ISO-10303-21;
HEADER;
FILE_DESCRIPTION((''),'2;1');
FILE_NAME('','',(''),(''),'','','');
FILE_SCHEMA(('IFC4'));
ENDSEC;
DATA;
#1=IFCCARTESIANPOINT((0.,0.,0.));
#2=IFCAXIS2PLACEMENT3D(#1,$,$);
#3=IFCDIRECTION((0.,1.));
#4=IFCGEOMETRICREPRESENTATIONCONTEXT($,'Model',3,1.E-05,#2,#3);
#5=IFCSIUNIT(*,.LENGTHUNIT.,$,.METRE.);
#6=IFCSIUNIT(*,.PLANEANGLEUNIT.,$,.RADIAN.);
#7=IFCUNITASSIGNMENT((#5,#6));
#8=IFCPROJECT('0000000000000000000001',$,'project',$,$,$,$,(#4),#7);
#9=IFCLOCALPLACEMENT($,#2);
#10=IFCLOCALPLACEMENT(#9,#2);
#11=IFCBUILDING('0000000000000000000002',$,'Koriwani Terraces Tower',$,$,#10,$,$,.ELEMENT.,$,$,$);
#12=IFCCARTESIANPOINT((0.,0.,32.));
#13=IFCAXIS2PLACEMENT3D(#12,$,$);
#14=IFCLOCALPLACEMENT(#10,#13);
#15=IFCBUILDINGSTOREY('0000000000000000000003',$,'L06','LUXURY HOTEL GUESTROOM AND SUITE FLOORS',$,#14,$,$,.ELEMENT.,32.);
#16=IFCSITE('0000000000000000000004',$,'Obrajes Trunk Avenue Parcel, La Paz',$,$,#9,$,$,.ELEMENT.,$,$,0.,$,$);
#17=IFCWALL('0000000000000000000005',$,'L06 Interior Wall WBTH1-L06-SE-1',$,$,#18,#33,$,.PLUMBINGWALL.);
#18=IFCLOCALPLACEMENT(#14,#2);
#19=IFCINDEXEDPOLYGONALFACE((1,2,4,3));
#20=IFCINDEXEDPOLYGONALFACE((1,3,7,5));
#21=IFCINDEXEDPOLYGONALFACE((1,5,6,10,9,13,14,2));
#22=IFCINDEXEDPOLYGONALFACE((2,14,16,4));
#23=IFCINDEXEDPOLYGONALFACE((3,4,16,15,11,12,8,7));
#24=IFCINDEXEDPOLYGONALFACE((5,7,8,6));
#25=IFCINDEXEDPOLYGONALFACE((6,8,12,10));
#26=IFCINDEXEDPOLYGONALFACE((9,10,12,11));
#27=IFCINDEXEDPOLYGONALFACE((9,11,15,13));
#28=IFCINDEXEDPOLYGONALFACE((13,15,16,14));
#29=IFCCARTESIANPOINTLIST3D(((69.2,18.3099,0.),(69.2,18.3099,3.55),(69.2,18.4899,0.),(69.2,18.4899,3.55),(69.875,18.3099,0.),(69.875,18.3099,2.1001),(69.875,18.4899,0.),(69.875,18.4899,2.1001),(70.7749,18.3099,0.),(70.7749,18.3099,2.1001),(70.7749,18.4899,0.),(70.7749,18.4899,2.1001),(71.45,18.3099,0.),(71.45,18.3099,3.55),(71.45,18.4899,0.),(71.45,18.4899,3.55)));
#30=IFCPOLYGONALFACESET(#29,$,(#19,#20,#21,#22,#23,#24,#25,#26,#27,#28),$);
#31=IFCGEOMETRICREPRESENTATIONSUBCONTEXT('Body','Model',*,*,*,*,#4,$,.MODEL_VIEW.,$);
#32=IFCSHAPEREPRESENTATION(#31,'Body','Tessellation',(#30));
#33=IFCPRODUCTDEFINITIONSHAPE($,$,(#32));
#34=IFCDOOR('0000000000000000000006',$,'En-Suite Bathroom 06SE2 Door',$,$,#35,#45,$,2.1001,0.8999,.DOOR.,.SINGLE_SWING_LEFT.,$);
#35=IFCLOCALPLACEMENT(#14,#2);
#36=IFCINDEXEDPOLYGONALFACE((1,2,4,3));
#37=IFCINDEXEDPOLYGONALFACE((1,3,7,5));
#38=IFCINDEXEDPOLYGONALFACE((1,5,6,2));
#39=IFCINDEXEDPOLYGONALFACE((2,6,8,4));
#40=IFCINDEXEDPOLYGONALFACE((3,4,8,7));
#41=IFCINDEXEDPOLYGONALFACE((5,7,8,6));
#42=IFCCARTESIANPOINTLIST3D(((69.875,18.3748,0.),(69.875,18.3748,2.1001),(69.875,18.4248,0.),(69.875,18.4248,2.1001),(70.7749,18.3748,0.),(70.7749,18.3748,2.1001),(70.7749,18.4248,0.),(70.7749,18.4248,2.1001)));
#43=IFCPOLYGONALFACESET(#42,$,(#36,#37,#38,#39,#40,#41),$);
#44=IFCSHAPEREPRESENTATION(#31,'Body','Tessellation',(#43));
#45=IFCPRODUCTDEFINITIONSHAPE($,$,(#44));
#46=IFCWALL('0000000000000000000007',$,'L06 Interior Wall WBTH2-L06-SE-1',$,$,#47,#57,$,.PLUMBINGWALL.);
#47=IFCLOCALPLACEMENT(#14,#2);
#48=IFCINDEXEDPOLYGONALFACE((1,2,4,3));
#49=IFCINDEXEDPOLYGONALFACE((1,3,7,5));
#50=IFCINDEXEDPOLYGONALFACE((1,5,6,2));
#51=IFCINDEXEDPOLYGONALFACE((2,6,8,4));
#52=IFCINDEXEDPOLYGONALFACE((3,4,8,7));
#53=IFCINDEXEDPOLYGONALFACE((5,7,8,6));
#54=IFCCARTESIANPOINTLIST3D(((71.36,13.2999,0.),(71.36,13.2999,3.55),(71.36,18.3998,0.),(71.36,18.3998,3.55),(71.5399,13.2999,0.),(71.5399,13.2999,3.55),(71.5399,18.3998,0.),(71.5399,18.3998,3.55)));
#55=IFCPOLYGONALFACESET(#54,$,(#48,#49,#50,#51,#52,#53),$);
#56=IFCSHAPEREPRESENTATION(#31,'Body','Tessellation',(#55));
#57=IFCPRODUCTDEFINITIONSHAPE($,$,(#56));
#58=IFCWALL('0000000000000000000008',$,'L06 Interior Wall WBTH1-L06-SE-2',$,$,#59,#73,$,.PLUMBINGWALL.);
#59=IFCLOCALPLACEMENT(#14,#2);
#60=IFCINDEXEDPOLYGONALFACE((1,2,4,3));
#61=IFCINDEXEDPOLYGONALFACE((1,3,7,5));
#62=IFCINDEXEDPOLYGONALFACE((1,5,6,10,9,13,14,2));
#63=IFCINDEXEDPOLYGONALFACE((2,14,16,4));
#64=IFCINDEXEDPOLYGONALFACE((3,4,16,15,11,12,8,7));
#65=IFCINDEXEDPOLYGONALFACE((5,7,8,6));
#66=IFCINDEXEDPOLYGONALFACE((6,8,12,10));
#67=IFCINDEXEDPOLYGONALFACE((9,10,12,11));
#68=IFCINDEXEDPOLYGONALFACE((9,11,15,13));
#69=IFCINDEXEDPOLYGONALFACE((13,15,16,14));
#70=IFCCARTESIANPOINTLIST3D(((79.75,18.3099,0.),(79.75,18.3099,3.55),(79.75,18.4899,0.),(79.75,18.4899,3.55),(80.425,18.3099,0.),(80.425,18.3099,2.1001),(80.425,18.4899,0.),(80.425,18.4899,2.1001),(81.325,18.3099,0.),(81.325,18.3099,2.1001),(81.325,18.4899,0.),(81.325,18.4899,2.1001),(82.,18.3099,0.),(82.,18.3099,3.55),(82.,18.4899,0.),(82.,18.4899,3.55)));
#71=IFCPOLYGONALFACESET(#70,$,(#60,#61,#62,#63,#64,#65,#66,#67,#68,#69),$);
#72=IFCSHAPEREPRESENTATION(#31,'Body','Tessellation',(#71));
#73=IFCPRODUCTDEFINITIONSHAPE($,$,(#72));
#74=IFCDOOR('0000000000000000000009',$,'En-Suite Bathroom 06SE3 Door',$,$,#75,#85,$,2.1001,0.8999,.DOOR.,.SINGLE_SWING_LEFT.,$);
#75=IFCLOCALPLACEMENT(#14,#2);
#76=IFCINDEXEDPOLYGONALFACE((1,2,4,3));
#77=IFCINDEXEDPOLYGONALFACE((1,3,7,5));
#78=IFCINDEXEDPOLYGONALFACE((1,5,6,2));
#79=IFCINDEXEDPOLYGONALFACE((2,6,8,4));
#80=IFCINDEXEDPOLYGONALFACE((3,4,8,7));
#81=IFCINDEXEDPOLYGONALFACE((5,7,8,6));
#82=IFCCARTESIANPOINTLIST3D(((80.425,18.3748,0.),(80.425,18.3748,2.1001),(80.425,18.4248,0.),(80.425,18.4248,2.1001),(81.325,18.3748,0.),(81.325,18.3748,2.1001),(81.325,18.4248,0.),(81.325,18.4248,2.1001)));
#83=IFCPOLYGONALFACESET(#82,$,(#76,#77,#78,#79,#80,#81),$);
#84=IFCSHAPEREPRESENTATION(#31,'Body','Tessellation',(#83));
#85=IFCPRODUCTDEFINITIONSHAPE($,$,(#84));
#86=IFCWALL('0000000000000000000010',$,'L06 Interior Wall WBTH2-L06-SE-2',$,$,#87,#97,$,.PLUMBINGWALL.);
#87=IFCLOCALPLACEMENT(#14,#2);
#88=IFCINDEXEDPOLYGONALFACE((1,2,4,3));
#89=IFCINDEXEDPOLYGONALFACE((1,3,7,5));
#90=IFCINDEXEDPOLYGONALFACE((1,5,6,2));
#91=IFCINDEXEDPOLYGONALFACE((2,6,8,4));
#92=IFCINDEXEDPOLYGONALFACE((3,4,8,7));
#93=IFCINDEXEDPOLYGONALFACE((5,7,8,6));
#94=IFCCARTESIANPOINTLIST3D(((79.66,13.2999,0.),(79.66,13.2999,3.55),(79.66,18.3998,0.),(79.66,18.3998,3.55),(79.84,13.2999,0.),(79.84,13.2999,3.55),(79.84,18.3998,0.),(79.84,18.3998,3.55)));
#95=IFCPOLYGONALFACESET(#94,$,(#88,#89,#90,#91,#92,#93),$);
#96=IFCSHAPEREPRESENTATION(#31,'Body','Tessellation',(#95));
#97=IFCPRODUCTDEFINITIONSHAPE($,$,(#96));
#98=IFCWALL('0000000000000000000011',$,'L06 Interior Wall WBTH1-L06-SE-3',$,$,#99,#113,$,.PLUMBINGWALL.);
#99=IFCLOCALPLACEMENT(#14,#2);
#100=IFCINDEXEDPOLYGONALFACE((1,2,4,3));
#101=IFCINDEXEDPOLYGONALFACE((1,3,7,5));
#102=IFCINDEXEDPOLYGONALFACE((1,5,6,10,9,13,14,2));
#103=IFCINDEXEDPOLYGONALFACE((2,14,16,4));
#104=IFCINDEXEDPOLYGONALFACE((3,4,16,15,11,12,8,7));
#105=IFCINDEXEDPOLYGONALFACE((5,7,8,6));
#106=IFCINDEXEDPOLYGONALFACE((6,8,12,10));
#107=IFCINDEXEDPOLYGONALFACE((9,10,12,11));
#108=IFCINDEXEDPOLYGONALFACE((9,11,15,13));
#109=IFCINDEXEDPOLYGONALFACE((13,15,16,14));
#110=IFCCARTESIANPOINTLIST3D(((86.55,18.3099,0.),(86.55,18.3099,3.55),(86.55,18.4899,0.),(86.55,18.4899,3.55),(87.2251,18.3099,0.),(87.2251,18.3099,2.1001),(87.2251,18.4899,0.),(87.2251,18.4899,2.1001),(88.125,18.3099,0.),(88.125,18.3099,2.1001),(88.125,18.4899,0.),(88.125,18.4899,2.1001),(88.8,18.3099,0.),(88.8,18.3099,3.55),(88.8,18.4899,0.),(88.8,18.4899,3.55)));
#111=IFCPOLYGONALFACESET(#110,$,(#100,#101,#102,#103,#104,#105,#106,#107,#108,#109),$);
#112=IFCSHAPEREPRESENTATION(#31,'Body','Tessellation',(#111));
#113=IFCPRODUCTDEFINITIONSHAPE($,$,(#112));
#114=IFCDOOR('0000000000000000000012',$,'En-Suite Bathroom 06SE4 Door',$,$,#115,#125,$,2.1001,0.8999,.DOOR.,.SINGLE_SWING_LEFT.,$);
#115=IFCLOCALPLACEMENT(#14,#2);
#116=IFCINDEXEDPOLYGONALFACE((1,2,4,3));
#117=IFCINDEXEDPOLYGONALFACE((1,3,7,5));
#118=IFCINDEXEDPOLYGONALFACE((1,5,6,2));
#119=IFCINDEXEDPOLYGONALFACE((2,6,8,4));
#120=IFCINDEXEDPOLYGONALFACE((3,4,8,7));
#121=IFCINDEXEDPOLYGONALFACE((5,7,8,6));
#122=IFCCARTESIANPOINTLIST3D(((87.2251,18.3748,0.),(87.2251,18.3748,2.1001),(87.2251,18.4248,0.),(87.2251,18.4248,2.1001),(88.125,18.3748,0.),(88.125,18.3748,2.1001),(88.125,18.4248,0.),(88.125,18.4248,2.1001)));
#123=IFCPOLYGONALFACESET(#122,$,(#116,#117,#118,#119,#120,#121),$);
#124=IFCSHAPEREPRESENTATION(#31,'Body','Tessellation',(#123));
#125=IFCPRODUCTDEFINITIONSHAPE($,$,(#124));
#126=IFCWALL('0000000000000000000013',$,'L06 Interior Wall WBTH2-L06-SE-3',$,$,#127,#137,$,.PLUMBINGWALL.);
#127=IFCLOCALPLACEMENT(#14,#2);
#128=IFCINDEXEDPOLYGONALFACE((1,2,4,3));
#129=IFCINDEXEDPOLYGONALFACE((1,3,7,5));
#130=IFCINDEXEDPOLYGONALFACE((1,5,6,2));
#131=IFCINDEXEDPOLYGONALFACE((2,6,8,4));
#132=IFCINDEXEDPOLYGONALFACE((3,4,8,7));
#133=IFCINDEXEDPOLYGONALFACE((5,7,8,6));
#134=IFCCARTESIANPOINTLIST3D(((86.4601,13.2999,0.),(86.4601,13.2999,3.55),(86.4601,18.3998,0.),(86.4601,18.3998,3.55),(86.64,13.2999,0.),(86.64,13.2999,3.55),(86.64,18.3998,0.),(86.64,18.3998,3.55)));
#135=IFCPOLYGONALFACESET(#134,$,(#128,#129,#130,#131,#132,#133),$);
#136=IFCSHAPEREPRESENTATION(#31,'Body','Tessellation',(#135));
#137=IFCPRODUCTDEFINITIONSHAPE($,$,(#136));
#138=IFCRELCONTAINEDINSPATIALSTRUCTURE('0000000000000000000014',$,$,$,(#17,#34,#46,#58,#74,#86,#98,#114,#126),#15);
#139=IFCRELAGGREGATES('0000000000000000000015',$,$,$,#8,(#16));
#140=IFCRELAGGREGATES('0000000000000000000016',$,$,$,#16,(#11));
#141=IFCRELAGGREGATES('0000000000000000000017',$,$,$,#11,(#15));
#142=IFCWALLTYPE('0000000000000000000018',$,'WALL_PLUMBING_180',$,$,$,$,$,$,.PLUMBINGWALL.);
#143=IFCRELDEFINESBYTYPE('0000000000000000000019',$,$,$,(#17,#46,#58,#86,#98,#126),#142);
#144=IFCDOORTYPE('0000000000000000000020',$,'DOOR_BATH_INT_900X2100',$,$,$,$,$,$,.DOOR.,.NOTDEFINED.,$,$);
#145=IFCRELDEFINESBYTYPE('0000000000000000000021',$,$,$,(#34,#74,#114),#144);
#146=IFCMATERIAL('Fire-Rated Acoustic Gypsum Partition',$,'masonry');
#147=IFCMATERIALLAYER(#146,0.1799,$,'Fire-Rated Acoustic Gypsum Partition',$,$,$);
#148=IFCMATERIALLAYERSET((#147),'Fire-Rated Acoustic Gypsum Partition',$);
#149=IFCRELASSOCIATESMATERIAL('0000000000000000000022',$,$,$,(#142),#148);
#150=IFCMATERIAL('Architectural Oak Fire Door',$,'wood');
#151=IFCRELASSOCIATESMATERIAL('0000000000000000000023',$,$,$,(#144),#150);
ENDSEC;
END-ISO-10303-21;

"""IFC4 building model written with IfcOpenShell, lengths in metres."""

from ifc_helpers import new_model, si_unit, direction, frame, frame_2d, origin, place, context, subcontext, project, spatial, rectangle, extrude, material, layer, layer_set, type_object, element, fill, save


model = new_model("IFC4")

# Units and contexts
model_context = context("Model", 3, precision=1e-05, world=origin(), true_north=direction((0.0, 1.0)))
body_context = subcontext(model_context, "Body", "Model", "MODEL_VIEW")
ifc_project = project(units=[si_unit("LENGTHUNIT", "METRE"), si_unit("PLANEANGLEUNIT", "RADIAN")], contexts=[model_context])

# Site, building, storey
site_placement = place(None, origin())
site = spatial("IfcSite", under=ifc_project, at=site_placement, Name="Obrajes Trunk Avenue Parcel, La Paz", CompositionType="ELEMENT", RefElevation=0.0)
building_placement = place(site_placement, origin())
building = spatial("IfcBuilding", under=site, at=building_placement, Name="Koriwani Terraces Tower", CompositionType="ELEMENT")
storey_placement = place(building_placement, frame((0.0, 0.0, 32.0)))
storey = spatial("IfcBuildingStorey", under=building, at=storey_placement, Name="L06", Description="LUXURY HOTEL GUESTROOM AND SUITE FLOORS", CompositionType="ELEMENT", Elevation=32.0)

# Shared definitions
ifc_material_1 = material(Name="Fire-Rated Acoustic Gypsum Partition", Category="masonry")
ifc_layer_1 = layer(ifc_material_1, 0.1799, Name="Fire-Rated Acoustic Gypsum Partition")
ifc_layer_set_1 = layer_set([ifc_layer_1], Name="Fire-Rated Acoustic Gypsum Partition")
wall_type_1 = type_object("IfcWallType", Name="WALL_PLUMBING_180", PredefinedType="PLUMBINGWALL", material=ifc_layer_set_1)

# Wall, opening, door
wall_1_placement = place(storey_placement, frame((69.2, 18.3999, 0.0), z_axis=(0.0, 0.0, 1.0), x_axis=(1.0, 0.0, 0.0)))
wall_1 = element("IfcWall", 1, at=wall_1_placement, inside=storey, type_object=wall_type_1, Name="L06 Interior Wall WBTH1-L06-SE-1", PredefinedType="PLUMBINGWALL", context=body_context, shape_type="SweptSolid", body=[
    extrude(rectangle(XDim=2.25, YDim=0.1799, at=frame_2d((1.125, 0.0))), origin(), (0.0, 0.0, 1.0), 3.55),
])
opening_1_placement = place(wall_1_placement, frame((0.675, 0.0, 0.0)))
opening_1 = element("IfcOpeningElement", 2, at=opening_1_placement, cuts=wall_1, PredefinedType="OPENING", context=body_context, shape_type="SweptSolid", body=[
    extrude(rectangle(XDim=0.8999, YDim=2.1001, at=frame_2d((0.45, 1.05))), frame((0.0, 0.1001, 0.0), z_axis=(0.0, -1.0, 0.0), x_axis=(1.0, 0.0, 0.0)), (0.0, 0.0, 1.0), 0.2),
])
ifc_material_2 = material(Name="Architectural Oak Fire Door", Category="wood")
door_type = type_object("IfcDoorType", Name="DOOR_BATH_INT_900X2100", OperationType="NOTDEFINED", PredefinedType="DOOR", material=ifc_material_2)
door_1_placement = place(opening_1_placement, origin())
door_1 = element("IfcDoor", 3, at=door_1_placement, inside=storey, type_object=door_type, Name="En-Suite Bathroom 06SE2 Door", OperationType="SINGLE_SWING_LEFT", OverallHeight=2.1001, OverallWidth=0.8999, PredefinedType="DOOR", context=body_context, shape_type="SweptSolid", body=[
    extrude(rectangle(XDim=0.8999, YDim=2.1001, at=frame_2d((0.45, 1.05))), frame((0.0, 0.0249, 0.0), z_axis=(0.0, -1.0, 0.0), x_axis=(1.0, 0.0, 0.0)), (0.0, 0.0, 1.0), 0.05),
])
fill(opening_1, door_1)

# Wall
wall_2_placement = place(storey_placement, frame((71.45, 13.3, 0.0), z_axis=(0.0, 0.0, 1.0), x_axis=(0.0, 1.0, 0.0)))
element("IfcWall", 4, at=wall_2_placement, inside=storey, type_object=wall_type_1, Name="L06 Interior Wall WBTH2-L06-SE-1", PredefinedType="PLUMBINGWALL", context=body_context, shape_type="SweptSolid", body=[
    extrude(rectangle(XDim=5.0999, YDim=0.1799, at=frame_2d((2.5498, 0.0))), origin(), (0.0, 0.0, 1.0), 3.55),
])

# Wall, opening, door
wall_3_placement = place(storey_placement, frame((79.75, 18.3999, 0.0), z_axis=(0.0, 0.0, 1.0), x_axis=(1.0, 0.0, 0.0)))
wall_3 = element("IfcWall", 5, at=wall_3_placement, inside=storey, type_object=wall_type_1, Name="L06 Interior Wall WBTH1-L06-SE-2", PredefinedType="PLUMBINGWALL", context=body_context, shape_type="SweptSolid", body=[
    extrude(rectangle(XDim=2.25, YDim=0.1799, at=frame_2d((1.125, 0.0))), origin(), (0.0, 0.0, 1.0), 3.55),
])
opening_2_placement = place(wall_3_placement, frame((0.675, 0.0, 0.0)))
opening_2 = element("IfcOpeningElement", 6, at=opening_2_placement, cuts=wall_3, PredefinedType="OPENING", context=body_context, shape_type="SweptSolid", body=[
    extrude(rectangle(XDim=0.8999, YDim=2.1001, at=frame_2d((0.45, 1.05))), frame((0.0, 0.1001, 0.0), z_axis=(0.0, -1.0, 0.0), x_axis=(1.0, 0.0, 0.0)), (0.0, 0.0, 1.0), 0.2),
])
door_2_placement = place(opening_2_placement, origin())
door_2 = element("IfcDoor", 7, at=door_2_placement, inside=storey, type_object=door_type, Name="En-Suite Bathroom 06SE3 Door", OperationType="SINGLE_SWING_LEFT", OverallHeight=2.1001, OverallWidth=0.8999, PredefinedType="DOOR", context=body_context, shape_type="SweptSolid", body=[
    extrude(rectangle(XDim=0.8999, YDim=2.1001, at=frame_2d((0.45, 1.05))), frame((0.0, 0.0249, 0.0), z_axis=(0.0, -1.0, 0.0), x_axis=(1.0, 0.0, 0.0)), (0.0, 0.0, 1.0), 0.05),
])
fill(opening_2, door_2)

# Wall
wall_4_placement = place(storey_placement, frame((79.75, 13.3, 0.0), z_axis=(0.0, 0.0, 1.0), x_axis=(0.0, 1.0, 0.0)))
element("IfcWall", 8, at=wall_4_placement, inside=storey, type_object=wall_type_1, Name="L06 Interior Wall WBTH2-L06-SE-2", PredefinedType="PLUMBINGWALL", context=body_context, shape_type="SweptSolid", body=[
    extrude(rectangle(XDim=5.0999, YDim=0.1799, at=frame_2d((2.5498, 0.0))), origin(), (0.0, 0.0, 1.0), 3.55),
])

# Wall, opening, door
wall_5_placement = place(storey_placement, frame((86.55, 18.3999, 0.0), z_axis=(0.0, 0.0, 1.0), x_axis=(1.0, 0.0, 0.0)))
wall_5 = element("IfcWall", 9, at=wall_5_placement, inside=storey, type_object=wall_type_1, Name="L06 Interior Wall WBTH1-L06-SE-3", PredefinedType="PLUMBINGWALL", context=body_context, shape_type="SweptSolid", body=[
    extrude(rectangle(XDim=2.25, YDim=0.1799, at=frame_2d((1.125, 0.0))), origin(), (0.0, 0.0, 1.0), 3.55),
])
opening_3_placement = place(wall_5_placement, frame((0.675, 0.0, 0.0)))
opening_3 = element("IfcOpeningElement", 10, at=opening_3_placement, cuts=wall_5, PredefinedType="OPENING", context=body_context, shape_type="SweptSolid", body=[
    extrude(rectangle(XDim=0.8999, YDim=2.1001, at=frame_2d((0.45, 1.05))), frame((0.0, 0.1001, 0.0), z_axis=(0.0, -1.0, 0.0), x_axis=(1.0, 0.0, 0.0)), (0.0, 0.0, 1.0), 0.2),
])
door_3_placement = place(opening_3_placement, origin())
door_3 = element("IfcDoor", 11, at=door_3_placement, inside=storey, type_object=door_type, Name="En-Suite Bathroom 06SE4 Door", OperationType="SINGLE_SWING_LEFT", OverallHeight=2.1001, OverallWidth=0.8999, PredefinedType="DOOR", context=body_context, shape_type="SweptSolid", body=[
    extrude(rectangle(XDim=0.8999, YDim=2.1001, at=frame_2d((0.45, 1.05))), frame((0.0, 0.0249, 0.0), z_axis=(0.0, -1.0, 0.0), x_axis=(1.0, 0.0, 0.0)), (0.0, 0.0, 1.0), 0.05),
])
fill(opening_3, door_3)

# Wall
wall_6_placement = place(storey_placement, frame((86.55, 13.3, 0.0), z_axis=(0.0, 0.0, 1.0), x_axis=(0.0, 1.0, 0.0)))
element("IfcWall", 12, at=wall_6_placement, inside=storey, type_object=wall_type_1, Name="L06 Interior Wall WBTH2-L06-SE-3", PredefinedType="PLUMBINGWALL", context=body_context, shape_type="SweptSolid", body=[
    extrude(rectangle(XDim=5.0999, YDim=0.1799, at=frame_2d((2.5498, 0.0))), origin(), (0.0, 0.0, 1.0), 3.55),
])

save(model, "model.ifc")
